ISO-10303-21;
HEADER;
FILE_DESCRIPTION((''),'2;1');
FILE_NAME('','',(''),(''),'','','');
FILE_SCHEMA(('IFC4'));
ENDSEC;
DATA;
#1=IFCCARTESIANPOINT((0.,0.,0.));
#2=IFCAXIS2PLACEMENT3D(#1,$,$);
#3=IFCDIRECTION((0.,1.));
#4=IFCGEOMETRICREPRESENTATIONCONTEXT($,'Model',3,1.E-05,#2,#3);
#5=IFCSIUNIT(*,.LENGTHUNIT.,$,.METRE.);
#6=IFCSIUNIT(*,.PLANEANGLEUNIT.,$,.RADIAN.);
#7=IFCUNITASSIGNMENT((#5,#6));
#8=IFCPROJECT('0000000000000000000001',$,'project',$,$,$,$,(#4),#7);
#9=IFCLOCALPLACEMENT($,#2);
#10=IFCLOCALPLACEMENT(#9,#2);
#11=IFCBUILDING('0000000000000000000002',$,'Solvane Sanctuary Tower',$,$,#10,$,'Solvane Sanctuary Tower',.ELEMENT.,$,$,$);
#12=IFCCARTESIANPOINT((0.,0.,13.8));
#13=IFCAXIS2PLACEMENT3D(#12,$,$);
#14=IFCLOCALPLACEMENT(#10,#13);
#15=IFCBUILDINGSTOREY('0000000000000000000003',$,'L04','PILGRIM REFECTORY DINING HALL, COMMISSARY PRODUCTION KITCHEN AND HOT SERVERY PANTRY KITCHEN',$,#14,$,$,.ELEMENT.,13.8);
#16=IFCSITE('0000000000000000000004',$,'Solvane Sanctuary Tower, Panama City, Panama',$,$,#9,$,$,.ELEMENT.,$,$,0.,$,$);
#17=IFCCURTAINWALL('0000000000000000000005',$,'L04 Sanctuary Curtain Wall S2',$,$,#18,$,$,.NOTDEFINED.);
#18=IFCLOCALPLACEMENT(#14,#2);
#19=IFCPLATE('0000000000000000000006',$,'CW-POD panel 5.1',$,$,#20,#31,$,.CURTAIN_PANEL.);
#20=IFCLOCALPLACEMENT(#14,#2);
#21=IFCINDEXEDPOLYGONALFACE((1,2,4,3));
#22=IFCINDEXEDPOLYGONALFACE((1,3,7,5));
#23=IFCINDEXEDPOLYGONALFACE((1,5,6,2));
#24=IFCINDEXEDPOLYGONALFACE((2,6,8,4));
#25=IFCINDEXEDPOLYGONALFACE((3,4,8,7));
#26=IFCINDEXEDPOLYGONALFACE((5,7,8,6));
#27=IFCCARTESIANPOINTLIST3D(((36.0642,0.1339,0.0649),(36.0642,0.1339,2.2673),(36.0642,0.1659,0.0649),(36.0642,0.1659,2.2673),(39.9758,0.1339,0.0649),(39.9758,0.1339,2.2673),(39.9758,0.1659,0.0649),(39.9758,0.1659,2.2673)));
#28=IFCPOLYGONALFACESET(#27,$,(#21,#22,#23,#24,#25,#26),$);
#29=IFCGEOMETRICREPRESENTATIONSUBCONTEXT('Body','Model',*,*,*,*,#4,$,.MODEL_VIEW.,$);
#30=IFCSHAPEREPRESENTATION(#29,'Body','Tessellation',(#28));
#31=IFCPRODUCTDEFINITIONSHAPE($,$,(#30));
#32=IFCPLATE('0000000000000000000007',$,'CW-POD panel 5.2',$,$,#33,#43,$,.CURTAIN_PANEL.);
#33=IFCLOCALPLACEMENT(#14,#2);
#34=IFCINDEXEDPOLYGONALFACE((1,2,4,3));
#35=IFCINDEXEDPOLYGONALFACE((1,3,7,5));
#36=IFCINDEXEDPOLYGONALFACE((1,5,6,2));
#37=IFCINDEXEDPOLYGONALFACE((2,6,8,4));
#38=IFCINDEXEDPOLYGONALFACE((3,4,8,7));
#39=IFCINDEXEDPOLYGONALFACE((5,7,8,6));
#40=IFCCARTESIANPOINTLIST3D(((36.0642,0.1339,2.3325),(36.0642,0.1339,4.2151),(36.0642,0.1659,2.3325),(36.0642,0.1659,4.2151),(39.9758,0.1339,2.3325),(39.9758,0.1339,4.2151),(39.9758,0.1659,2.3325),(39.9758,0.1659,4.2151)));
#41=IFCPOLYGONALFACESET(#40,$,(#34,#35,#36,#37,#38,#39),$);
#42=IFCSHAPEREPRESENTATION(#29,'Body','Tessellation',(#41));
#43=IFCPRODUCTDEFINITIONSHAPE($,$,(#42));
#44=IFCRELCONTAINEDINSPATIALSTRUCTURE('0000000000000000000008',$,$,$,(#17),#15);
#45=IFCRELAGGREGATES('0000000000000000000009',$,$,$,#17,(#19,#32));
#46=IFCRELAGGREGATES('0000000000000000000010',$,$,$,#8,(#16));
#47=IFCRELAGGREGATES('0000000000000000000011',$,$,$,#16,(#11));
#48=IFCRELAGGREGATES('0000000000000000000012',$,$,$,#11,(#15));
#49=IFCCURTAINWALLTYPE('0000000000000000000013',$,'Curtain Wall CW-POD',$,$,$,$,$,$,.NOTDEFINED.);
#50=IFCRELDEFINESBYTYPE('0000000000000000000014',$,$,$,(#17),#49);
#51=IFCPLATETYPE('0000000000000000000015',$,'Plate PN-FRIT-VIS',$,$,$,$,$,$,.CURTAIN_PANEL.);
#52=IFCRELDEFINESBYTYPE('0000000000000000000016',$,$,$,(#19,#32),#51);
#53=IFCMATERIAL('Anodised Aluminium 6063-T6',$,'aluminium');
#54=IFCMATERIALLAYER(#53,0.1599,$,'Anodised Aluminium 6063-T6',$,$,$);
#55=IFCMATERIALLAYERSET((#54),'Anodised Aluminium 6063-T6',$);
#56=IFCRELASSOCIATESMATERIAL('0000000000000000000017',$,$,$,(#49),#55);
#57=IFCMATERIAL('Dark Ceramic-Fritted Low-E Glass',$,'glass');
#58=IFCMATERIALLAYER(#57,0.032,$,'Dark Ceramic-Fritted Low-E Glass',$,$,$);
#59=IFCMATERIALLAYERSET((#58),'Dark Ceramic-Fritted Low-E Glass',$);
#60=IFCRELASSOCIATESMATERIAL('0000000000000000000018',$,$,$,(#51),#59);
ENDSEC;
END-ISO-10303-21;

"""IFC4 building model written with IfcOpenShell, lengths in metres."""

from ifc_helpers import new_model, si_unit, direction, frame, origin, origin_2d, place, context, subcontext, project, spatial, rectangle, extrude, material, layer, layer_set, type_object, element, aggregate, save


model = new_model("IFC4")

# Units and contexts
model_context = context("Model", 3, precision=1e-05, world=origin(), true_north=direction((0.0, 1.0)))
body_context = subcontext(model_context, "Body", "Model", "MODEL_VIEW")
ifc_project = project(units=[si_unit("LENGTHUNIT", "METRE"), si_unit("PLANEANGLEUNIT", "RADIAN")], contexts=[model_context])

# Site, building, storey
site_placement = place(None, origin())
site = spatial("IfcSite", under=ifc_project, at=site_placement, Name="Solvane Sanctuary Tower, Panama City, Panama", CompositionType="ELEMENT", RefElevation=0.0)
building_placement = place(site_placement, origin())
building = spatial("IfcBuilding", under=site, at=building_placement, Name="Solvane Sanctuary Tower", LongName="Solvane Sanctuary Tower", CompositionType="ELEMENT")
storey_placement = place(building_placement, frame((0.0, 0.0, 13.8)))
storey = spatial("IfcBuildingStorey", under=building, at=storey_placement, Name="L04", Description="PILGRIM REFECTORY DINING HALL, COMMISSARY PRODUCTION KITCHEN AND HOT SERVERY PANTRY KITCHEN", CompositionType="ELEMENT", Elevation=13.8)

# Curtain wall, plates
ifc_material_1 = material(Name="Anodised Aluminium 6063-T6", Category="aluminium")
ifc_layer_1 = layer(ifc_material_1, 0.1599, Name="Anodised Aluminium 6063-T6")
ifc_layer_set_1 = layer_set([ifc_layer_1], Name="Anodised Aluminium 6063-T6")
curtain_wall_type = type_object("IfcCurtainWallType", Name="Curtain Wall CW-POD", PredefinedType="NOTDEFINED", material=ifc_layer_set_1)
curtain_wall_placement = place(storey_placement, origin())
curtain_wall = element("IfcCurtainWall", 1, at=curtain_wall_placement, inside=storey, type_object=curtain_wall_type, Name="L04 Sanctuary Curtain Wall S2", PredefinedType="NOTDEFINED")
ifc_material_2 = material(Name="Dark Ceramic-Fritted Low-E Glass", Category="glass")
ifc_layer_2 = layer(ifc_material_2, 0.032, Name="Dark Ceramic-Fritted Low-E Glass")
ifc_layer_set_2 = layer_set([ifc_layer_2], Name="Dark Ceramic-Fritted Low-E Glass")
plate_type = type_object("IfcPlateType", Name="Plate PN-FRIT-VIS", PredefinedType="CURTAIN_PANEL", material=ifc_layer_set_2)
plate_1_placement = place(storey_placement, frame((38.02, 0.1499, 0.0649), z_axis=(0.0, 0.0, 1.0), x_axis=(1.0, 0.0, 0.0)))
plate_1 = element("IfcPlate", 2, at=plate_1_placement, type_object=plate_type, Name="CW-POD panel 5.1", PredefinedType="CURTAIN_PANEL", context=body_context, shape_type="SweptSolid", body=[
    extrude(rectangle(XDim=3.9116, YDim=0.032, at=origin_2d()), origin(), (0.0, 0.0, 1.0), 2.2024),
])
plate_2_placement = place(storey_placement, frame((38.02, 0.1499, 2.3325), z_axis=(0.0, 0.0, 1.0), x_axis=(1.0, 0.0, 0.0)))
plate_2 = element("IfcPlate", 3, at=plate_2_placement, type_object=plate_type, Name="CW-POD panel 5.2", PredefinedType="CURTAIN_PANEL", context=body_context, shape_type="SweptSolid", body=[
    extrude(rectangle(XDim=3.9116, YDim=0.032, at=origin_2d()), origin(), (0.0, 0.0, 1.0), 1.8826),
])
aggregate(curtain_wall, [plate_1, plate_2])

save(model, "model.ifc")
